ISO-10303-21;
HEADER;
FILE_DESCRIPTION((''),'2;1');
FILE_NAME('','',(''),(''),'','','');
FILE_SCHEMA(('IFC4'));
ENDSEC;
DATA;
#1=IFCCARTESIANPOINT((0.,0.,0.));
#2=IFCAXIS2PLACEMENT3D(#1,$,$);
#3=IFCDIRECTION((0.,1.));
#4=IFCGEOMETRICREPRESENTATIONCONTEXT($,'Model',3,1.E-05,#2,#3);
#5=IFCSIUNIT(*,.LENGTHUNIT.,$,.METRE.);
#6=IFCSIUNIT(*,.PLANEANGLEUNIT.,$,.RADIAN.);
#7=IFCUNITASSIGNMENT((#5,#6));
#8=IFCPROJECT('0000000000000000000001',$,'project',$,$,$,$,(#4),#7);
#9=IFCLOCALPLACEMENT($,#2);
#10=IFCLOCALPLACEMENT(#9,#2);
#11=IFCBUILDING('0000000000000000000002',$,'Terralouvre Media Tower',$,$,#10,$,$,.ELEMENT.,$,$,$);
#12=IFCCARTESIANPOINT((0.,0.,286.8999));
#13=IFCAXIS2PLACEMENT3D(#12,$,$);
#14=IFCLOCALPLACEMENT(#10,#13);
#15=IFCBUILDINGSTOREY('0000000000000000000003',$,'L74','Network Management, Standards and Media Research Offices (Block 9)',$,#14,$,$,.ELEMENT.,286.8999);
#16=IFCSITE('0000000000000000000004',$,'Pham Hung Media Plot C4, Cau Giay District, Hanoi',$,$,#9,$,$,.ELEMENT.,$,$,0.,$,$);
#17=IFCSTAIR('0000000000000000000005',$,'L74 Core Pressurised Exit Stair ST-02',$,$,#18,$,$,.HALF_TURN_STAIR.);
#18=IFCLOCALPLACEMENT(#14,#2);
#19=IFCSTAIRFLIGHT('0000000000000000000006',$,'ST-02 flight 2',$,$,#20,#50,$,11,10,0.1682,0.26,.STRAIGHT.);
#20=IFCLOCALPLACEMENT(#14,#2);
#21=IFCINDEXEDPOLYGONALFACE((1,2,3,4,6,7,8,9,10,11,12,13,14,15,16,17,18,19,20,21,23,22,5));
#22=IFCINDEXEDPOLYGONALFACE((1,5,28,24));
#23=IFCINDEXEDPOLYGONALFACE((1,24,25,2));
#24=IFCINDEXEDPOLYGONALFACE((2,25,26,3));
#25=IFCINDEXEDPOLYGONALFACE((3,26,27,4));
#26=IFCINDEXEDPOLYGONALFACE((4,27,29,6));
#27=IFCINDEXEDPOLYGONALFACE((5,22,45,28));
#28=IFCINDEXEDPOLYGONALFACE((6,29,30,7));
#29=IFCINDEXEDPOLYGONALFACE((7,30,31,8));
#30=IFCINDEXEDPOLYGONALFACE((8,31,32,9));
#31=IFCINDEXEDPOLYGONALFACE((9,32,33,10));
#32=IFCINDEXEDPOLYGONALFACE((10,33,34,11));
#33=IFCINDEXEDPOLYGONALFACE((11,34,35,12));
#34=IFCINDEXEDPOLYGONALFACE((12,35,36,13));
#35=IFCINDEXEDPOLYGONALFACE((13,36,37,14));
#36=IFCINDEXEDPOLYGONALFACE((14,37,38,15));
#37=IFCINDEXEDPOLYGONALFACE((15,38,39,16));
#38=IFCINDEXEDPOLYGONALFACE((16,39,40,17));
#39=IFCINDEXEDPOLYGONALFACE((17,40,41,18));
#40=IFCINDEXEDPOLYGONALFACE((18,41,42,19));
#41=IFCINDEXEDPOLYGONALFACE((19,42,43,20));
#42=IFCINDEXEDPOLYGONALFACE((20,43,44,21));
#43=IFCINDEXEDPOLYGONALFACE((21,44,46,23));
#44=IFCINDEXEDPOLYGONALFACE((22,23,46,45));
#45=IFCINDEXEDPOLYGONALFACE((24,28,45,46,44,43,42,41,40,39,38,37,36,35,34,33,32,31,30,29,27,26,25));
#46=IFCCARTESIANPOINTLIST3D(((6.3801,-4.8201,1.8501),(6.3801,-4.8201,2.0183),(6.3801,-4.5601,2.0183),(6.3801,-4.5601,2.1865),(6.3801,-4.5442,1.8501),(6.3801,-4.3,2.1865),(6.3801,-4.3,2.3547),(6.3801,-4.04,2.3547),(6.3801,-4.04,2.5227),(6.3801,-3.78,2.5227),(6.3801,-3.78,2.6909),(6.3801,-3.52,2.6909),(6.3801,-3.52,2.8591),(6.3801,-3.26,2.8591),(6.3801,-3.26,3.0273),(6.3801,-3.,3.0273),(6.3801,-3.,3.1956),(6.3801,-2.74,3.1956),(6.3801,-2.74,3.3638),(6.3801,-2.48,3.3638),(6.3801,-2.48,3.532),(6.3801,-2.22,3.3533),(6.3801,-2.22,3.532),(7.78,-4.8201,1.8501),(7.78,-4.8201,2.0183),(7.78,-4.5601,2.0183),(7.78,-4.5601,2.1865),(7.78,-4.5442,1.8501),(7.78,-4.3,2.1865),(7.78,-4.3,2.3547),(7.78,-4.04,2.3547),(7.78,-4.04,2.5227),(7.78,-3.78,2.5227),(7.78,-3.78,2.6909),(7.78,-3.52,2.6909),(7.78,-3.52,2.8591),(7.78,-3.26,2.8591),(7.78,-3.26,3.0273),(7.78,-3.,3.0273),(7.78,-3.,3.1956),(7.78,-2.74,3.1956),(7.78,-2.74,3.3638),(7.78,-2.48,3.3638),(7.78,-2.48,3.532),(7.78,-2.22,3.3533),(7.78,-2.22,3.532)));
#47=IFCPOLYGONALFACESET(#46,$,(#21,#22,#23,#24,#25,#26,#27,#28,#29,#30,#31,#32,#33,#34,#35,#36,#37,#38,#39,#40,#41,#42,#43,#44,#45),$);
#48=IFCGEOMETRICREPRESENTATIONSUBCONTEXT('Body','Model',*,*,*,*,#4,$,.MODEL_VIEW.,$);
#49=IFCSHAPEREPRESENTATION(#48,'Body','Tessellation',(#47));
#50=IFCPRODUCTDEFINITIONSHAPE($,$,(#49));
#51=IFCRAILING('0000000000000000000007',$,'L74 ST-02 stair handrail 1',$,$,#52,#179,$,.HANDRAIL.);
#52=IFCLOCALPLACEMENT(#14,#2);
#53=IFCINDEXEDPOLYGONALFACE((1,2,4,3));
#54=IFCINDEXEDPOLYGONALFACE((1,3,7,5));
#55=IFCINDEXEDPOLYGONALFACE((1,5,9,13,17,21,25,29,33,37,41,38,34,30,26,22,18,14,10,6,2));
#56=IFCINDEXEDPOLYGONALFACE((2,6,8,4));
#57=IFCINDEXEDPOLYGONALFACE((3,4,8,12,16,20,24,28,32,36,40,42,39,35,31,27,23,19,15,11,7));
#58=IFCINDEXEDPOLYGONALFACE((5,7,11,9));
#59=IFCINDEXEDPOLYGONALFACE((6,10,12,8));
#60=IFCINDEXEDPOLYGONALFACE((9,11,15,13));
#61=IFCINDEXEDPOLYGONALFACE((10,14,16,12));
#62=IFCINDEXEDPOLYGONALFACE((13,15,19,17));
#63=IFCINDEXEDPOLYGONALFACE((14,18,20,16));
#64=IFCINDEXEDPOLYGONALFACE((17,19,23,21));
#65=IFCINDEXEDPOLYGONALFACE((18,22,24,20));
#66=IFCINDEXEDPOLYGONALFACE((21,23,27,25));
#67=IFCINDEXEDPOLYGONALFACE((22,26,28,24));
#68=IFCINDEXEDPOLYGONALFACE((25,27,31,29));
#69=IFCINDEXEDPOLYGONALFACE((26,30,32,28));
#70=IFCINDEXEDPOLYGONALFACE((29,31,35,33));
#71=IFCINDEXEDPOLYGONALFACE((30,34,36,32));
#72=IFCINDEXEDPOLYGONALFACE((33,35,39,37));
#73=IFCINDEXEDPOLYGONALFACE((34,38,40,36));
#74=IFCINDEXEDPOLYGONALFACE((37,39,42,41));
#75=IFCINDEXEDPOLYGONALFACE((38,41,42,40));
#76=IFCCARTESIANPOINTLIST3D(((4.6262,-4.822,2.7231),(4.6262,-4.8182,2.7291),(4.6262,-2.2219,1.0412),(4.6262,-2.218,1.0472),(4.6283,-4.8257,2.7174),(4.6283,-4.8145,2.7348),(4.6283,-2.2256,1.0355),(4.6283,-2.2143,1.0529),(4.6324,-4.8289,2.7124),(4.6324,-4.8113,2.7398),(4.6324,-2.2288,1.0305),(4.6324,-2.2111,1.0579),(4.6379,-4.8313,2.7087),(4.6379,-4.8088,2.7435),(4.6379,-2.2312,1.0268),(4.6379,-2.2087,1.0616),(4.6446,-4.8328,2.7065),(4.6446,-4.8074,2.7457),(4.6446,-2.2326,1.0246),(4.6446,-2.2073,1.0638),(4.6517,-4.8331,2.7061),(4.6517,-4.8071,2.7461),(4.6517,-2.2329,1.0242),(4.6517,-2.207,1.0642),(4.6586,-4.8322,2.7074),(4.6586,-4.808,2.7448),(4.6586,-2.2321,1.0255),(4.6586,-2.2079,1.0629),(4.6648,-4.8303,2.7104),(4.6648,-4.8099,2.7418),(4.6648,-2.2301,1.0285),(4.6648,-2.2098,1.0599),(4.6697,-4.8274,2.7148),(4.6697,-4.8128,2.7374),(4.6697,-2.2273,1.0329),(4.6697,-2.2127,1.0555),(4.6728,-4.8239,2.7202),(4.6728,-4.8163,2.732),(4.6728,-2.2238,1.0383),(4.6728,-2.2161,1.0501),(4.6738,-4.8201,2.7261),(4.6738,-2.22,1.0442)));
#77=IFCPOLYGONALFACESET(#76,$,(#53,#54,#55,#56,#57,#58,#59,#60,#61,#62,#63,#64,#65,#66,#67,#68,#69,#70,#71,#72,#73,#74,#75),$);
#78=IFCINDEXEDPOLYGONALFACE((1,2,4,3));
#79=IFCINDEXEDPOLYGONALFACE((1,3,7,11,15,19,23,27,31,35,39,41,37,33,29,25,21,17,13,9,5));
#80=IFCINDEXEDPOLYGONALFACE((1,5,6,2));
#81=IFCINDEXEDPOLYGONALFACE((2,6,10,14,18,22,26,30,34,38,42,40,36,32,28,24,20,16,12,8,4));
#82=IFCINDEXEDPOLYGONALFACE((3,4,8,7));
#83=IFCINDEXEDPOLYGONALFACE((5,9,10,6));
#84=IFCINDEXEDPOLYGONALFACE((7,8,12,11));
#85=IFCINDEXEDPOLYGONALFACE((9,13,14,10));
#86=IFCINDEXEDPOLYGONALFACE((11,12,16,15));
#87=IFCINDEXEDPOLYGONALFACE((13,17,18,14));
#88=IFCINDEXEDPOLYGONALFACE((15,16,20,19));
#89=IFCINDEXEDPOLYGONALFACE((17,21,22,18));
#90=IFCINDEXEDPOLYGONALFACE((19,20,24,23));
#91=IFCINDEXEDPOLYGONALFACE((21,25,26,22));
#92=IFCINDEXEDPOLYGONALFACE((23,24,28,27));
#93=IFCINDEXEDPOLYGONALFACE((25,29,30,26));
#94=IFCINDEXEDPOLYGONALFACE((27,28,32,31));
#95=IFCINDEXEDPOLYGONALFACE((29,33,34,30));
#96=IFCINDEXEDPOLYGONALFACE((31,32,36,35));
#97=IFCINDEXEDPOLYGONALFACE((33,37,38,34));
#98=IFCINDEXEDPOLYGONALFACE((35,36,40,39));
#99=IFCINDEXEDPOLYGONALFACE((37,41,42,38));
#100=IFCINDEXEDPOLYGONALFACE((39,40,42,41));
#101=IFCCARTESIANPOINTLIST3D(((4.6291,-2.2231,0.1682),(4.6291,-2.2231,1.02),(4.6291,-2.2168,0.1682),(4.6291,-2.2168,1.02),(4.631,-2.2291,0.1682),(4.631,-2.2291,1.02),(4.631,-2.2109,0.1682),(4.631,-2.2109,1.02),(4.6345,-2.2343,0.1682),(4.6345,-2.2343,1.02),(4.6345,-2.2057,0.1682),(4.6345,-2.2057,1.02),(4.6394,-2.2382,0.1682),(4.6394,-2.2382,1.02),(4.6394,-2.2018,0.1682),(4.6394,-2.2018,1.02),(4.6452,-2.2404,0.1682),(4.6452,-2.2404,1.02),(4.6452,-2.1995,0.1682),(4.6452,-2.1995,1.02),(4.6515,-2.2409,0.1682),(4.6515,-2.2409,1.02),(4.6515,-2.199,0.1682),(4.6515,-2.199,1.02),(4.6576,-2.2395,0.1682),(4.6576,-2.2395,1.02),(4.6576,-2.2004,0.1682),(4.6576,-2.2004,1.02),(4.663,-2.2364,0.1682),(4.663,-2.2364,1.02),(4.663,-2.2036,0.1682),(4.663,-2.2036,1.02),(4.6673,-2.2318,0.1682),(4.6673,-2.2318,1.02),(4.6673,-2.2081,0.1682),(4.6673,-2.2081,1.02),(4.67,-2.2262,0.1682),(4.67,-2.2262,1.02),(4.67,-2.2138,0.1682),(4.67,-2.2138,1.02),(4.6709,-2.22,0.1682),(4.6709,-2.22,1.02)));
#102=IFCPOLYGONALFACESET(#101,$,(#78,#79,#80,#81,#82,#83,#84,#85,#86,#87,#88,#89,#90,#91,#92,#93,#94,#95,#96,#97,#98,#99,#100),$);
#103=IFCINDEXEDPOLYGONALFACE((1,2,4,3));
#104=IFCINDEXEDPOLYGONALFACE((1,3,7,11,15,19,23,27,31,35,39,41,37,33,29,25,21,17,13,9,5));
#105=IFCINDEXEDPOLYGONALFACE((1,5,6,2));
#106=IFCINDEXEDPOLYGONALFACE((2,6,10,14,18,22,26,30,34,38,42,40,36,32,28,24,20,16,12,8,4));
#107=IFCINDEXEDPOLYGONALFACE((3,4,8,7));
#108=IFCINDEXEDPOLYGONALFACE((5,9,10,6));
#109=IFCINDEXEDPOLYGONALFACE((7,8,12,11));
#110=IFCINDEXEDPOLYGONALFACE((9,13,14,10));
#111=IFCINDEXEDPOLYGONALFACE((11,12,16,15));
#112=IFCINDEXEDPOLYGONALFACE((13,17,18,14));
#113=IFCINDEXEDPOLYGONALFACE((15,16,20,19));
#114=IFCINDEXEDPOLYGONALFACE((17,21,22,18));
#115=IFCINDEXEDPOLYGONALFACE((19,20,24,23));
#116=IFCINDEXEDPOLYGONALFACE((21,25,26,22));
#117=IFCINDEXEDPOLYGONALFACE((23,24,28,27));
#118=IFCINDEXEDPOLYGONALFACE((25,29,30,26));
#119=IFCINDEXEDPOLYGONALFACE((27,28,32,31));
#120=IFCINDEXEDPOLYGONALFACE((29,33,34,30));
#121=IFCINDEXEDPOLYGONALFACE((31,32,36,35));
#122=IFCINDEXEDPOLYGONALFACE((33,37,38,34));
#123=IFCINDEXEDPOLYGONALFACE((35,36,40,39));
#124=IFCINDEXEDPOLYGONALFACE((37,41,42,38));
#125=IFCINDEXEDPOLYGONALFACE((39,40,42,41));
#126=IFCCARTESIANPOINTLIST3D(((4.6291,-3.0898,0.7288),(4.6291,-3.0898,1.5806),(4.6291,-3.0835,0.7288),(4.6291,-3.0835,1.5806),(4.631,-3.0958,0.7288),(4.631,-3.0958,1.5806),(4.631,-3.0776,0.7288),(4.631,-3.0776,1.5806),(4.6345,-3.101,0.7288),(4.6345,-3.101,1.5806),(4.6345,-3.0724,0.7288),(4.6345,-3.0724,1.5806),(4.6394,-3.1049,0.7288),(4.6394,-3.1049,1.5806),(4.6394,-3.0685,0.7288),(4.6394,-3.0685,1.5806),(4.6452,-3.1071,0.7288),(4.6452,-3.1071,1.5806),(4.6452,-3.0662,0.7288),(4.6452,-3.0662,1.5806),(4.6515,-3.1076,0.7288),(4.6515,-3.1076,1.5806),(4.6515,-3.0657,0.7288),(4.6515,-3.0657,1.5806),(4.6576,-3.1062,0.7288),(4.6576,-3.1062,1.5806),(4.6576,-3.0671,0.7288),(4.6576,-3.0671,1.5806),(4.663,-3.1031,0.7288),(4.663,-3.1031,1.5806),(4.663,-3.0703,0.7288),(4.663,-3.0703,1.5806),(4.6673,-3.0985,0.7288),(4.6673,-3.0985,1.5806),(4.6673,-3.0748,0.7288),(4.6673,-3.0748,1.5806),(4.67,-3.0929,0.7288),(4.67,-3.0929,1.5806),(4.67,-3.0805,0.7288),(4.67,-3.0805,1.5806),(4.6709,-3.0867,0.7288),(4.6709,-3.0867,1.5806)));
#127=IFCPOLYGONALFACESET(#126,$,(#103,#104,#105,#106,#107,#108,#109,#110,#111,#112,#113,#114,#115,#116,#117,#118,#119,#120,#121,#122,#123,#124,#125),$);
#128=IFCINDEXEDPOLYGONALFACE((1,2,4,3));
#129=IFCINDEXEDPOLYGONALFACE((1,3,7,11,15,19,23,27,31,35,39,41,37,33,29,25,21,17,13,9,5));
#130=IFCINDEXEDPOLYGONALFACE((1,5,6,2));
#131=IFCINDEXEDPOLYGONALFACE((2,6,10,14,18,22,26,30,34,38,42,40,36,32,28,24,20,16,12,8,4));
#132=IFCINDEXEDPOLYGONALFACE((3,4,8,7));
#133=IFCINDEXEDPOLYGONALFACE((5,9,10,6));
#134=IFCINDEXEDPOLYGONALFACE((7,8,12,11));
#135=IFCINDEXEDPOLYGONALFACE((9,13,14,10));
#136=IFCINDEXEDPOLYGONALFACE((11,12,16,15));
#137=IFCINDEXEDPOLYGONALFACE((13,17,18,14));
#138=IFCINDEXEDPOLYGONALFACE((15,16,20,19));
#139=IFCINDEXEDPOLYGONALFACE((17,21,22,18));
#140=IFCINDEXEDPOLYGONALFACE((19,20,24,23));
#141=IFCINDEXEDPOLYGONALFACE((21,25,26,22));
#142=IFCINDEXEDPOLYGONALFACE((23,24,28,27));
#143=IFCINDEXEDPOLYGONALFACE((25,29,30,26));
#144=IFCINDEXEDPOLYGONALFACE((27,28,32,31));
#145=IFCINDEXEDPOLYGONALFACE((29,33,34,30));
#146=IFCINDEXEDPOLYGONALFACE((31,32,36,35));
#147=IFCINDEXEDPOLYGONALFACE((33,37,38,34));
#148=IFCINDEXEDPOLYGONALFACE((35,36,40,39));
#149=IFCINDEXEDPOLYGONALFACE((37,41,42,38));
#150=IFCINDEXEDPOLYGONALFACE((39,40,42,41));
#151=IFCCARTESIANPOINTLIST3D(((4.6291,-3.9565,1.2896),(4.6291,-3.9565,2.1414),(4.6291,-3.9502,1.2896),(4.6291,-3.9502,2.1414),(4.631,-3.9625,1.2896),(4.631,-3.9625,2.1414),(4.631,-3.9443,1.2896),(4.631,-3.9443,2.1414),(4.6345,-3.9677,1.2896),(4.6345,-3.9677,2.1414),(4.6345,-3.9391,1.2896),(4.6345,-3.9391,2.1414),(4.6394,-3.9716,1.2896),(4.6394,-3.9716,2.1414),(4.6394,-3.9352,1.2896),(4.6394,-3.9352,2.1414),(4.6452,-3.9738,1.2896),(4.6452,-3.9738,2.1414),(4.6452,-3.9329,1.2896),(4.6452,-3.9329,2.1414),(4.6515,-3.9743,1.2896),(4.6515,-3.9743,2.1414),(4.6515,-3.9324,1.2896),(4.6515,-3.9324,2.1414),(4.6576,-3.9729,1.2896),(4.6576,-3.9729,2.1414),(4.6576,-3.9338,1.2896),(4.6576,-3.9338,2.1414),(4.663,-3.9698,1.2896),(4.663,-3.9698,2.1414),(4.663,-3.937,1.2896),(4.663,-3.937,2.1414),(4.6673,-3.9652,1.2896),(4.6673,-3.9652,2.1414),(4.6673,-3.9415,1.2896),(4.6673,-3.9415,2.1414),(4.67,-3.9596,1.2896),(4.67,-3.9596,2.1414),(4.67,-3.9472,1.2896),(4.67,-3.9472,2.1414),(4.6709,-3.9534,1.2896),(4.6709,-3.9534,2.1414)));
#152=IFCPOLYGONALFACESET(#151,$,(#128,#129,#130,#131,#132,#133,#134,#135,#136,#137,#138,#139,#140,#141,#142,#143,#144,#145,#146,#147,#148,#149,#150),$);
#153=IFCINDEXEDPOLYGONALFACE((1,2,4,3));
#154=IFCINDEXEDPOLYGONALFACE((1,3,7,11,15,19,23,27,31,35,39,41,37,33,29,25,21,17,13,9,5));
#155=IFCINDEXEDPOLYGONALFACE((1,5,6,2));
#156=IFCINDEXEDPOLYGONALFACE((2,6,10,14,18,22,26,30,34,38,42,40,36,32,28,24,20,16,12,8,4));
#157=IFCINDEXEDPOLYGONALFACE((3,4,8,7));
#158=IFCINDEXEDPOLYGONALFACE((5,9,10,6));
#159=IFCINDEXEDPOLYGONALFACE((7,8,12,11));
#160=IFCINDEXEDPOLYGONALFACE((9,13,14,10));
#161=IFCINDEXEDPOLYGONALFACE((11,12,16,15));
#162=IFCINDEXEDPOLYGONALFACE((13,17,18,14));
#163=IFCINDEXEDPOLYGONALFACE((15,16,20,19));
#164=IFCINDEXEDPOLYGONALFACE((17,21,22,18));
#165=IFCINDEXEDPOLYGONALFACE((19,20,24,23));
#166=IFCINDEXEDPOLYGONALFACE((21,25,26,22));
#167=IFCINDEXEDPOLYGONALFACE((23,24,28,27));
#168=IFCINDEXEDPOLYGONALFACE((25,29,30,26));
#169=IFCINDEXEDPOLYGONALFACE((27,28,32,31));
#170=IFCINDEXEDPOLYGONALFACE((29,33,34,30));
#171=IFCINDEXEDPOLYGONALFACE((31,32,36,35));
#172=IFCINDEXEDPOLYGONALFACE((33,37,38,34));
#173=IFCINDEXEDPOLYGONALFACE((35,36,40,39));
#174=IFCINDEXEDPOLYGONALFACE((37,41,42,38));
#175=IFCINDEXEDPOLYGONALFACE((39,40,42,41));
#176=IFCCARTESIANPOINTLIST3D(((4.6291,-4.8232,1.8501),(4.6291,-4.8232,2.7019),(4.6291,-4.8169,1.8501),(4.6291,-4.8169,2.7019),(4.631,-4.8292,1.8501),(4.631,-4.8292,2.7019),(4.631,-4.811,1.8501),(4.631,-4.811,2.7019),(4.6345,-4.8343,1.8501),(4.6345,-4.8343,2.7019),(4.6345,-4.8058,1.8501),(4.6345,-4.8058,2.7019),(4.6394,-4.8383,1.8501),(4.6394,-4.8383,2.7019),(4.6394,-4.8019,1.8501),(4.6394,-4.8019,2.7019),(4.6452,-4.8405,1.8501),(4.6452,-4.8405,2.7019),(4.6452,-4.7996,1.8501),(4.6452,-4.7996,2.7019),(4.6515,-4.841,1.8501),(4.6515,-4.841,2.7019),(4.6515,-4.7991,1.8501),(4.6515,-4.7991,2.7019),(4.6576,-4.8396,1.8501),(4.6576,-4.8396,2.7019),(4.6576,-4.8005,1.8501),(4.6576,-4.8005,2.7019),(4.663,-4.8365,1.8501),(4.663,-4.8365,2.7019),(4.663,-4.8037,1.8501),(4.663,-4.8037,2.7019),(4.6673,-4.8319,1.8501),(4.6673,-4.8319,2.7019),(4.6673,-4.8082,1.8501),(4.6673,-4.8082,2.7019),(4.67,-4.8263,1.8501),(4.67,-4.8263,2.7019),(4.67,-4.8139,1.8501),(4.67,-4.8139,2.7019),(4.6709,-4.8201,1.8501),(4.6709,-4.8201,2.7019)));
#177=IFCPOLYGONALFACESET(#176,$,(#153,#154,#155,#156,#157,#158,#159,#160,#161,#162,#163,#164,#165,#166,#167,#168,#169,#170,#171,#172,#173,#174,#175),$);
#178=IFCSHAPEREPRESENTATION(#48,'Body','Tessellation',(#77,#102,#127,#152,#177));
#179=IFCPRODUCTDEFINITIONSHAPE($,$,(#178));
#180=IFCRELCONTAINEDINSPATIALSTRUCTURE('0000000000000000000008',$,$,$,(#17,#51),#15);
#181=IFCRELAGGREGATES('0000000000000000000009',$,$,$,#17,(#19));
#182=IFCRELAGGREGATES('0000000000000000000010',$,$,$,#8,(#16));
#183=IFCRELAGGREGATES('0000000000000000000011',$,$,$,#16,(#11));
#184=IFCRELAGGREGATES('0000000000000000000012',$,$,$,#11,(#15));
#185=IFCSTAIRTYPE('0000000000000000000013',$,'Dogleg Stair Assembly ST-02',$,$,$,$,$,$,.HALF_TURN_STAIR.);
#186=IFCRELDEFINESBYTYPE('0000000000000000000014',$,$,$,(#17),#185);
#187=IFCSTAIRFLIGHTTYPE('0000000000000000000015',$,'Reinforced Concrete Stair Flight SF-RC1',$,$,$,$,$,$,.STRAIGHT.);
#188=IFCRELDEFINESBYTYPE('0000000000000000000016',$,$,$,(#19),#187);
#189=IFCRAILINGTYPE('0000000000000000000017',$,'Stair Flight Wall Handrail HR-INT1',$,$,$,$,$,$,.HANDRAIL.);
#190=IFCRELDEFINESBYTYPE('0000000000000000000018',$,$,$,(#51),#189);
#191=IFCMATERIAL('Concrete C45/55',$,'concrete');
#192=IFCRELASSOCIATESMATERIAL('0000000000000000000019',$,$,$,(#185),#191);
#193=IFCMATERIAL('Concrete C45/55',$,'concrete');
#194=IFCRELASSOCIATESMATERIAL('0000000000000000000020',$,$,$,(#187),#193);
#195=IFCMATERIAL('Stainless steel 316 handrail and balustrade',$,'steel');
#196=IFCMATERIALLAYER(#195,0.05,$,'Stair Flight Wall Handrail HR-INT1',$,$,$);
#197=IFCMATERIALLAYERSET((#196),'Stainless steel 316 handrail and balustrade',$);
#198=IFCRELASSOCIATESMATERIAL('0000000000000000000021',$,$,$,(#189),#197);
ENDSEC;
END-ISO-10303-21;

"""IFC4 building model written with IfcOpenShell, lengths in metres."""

from ifc_helpers import new_model, si_unit, direction, frame, origin, origin_2d, place, context, subcontext, project, spatial, polyline, circle, outline, extrude, material, layer, layer_set, type_object, element, aggregate, save


model = new_model("IFC4")

# Units and contexts
model_context = context("Model", 3, precision=1e-05, world=origin(), true_north=direction((0.0, 1.0)))
body_context = subcontext(model_context, "Body", "Model", "MODEL_VIEW")
ifc_project = project(units=[si_unit("LENGTHUNIT", "METRE"), si_unit("PLANEANGLEUNIT", "RADIAN")], contexts=[model_context])

# Site, building, storey
site_placement = place(None, origin())
site = spatial("IfcSite", under=ifc_project, at=site_placement, Name="Pham Hung Media Plot C4, Cau Giay District, Hanoi", CompositionType="ELEMENT", RefElevation=0.0)
building_placement = place(site_placement, origin())
building = spatial("IfcBuilding", under=site, at=building_placement, Name="Terralouvre Media Tower", CompositionType="ELEMENT")
storey_placement = place(building_placement, frame((0.0, 0.0, 286.8999)))
storey = spatial("IfcBuildingStorey", under=building, at=storey_placement, Name="L74", Description="Network Management, Standards and Media Research Offices (Block 9)", CompositionType="ELEMENT", Elevation=286.8999)

# Stair, stair flight
ifc_material_1 = material(Name="Concrete C45/55", Category="concrete")
stair_type = type_object("IfcStairType", Name="Dogleg Stair Assembly ST-02", PredefinedType="HALF_TURN_STAIR", material=ifc_material_1)
stair_placement = place(storey_placement, origin())
stair = element("IfcStair", 1, at=stair_placement, inside=storey, type_object=stair_type, Name="L74 Core Pressurised Exit Stair ST-02", PredefinedType="HALF_TURN_STAIR")
ifc_material_2 = material(Name="Concrete C45/55", Category="concrete")
stair_flight_type = type_object("IfcStairFlightType", Name="Reinforced Concrete Stair Flight SF-RC1", PredefinedType="STRAIGHT", material=ifc_material_2)
stair_flight_1_placement = place(storey_placement, frame((7.0801, -4.8201, 1.8501), z_axis=(0.0, 0.0, 1.0), x_axis=(0.0, 1.0, 0.0)))
stair_flight_1 = element("IfcStairFlight", 2, at=stair_flight_1_placement, type_object=stair_flight_type, Name="ST-02 flight 2", NumberOfRisers=11, NumberOfTreads=10, PredefinedType="STRAIGHT", RiserHeight=0.1682, TreadLength=0.26, context=body_context, shape_type="SweptSolid", body=[
    extrude(outline(polyline([(0.0, 0.0), (0.0, 0.1682), (0.26, 0.1682), (0.26, 0.3364), (0.52, 0.3364), (0.52, 0.5046), (0.78, 0.5046), (0.78, 0.6726), (1.04, 0.6726), (1.04, 0.8408), (1.3, 0.8408), (1.3, 1.009), (1.5601, 1.009), (1.5601, 1.1772), (1.8201, 1.1772), (1.8201, 1.3455), (2.0801, 1.3455), (2.0801, 1.5137), (2.3401, 1.5137), (2.3401, 1.6819), (2.6001, 1.6819), (2.6001, 1.8501), (2.6001, 1.5032), (0.2759, 0.0), (0.0, 0.0)])), frame((0.0, 0.7, 0.0), z_axis=(0.0, -1.0, 0.0), x_axis=(1.0, 0.0, 0.0)), (0.0, 0.0, 1.0), 1.3999),
])
aggregate(stair, [stair_flight_1])

# Railing
ifc_material_3 = material(Name="Stainless steel 316 handrail and balustrade", Category="steel")
ifc_layer_1 = layer(ifc_material_3, 0.05, Name="Stair Flight Wall Handrail HR-INT1")
ifc_layer_set_1 = layer_set([ifc_layer_1], Name="Stainless steel 316 handrail and balustrade")
railing_type_1 = type_object("IfcRailingType", Name="Stair Flight Wall Handrail HR-INT1", PredefinedType="HANDRAIL", material=ifc_layer_set_1)
railing_1_placement = place(storey_placement, frame((4.6499, -2.22, 0.1682)))
element("IfcRailing", 3, at=railing_1_placement, inside=storey, type_object=railing_type_1, Name="L74 ST-02 stair handrail 1", PredefinedType="HANDRAIL", context=body_context, shape_type="SweptSolid", body=[
    extrude(circle(Radius=0.0239, at=origin_2d()), frame((0.0, 0.0, 0.876), z_axis=(0.0, -0.839648, 0.54313), x_axis=(1.0, 0.0, 0.0)), (0.0, 0.0, 1.0), 3.0967),
    extrude(circle(Radius=0.021, at=origin_2d()), origin(), (0.0, 0.0, 1.0), 0.8518),
    extrude(circle(Radius=0.021, at=origin_2d()), frame((0.0, -0.8667, 0.5605)), (0.0, 0.0, 1.0), 0.8518),
    extrude(circle(Radius=0.021, at=origin_2d()), frame((0.0, -1.7334, 1.1213)), (0.0, 0.0, 1.0), 0.8518),
    extrude(circle(Radius=0.021, at=origin_2d()), frame((0.0, -2.6001, 1.6819)), (0.0, 0.0, 1.0), 0.8518),
])

save(model, "model.ifc")
